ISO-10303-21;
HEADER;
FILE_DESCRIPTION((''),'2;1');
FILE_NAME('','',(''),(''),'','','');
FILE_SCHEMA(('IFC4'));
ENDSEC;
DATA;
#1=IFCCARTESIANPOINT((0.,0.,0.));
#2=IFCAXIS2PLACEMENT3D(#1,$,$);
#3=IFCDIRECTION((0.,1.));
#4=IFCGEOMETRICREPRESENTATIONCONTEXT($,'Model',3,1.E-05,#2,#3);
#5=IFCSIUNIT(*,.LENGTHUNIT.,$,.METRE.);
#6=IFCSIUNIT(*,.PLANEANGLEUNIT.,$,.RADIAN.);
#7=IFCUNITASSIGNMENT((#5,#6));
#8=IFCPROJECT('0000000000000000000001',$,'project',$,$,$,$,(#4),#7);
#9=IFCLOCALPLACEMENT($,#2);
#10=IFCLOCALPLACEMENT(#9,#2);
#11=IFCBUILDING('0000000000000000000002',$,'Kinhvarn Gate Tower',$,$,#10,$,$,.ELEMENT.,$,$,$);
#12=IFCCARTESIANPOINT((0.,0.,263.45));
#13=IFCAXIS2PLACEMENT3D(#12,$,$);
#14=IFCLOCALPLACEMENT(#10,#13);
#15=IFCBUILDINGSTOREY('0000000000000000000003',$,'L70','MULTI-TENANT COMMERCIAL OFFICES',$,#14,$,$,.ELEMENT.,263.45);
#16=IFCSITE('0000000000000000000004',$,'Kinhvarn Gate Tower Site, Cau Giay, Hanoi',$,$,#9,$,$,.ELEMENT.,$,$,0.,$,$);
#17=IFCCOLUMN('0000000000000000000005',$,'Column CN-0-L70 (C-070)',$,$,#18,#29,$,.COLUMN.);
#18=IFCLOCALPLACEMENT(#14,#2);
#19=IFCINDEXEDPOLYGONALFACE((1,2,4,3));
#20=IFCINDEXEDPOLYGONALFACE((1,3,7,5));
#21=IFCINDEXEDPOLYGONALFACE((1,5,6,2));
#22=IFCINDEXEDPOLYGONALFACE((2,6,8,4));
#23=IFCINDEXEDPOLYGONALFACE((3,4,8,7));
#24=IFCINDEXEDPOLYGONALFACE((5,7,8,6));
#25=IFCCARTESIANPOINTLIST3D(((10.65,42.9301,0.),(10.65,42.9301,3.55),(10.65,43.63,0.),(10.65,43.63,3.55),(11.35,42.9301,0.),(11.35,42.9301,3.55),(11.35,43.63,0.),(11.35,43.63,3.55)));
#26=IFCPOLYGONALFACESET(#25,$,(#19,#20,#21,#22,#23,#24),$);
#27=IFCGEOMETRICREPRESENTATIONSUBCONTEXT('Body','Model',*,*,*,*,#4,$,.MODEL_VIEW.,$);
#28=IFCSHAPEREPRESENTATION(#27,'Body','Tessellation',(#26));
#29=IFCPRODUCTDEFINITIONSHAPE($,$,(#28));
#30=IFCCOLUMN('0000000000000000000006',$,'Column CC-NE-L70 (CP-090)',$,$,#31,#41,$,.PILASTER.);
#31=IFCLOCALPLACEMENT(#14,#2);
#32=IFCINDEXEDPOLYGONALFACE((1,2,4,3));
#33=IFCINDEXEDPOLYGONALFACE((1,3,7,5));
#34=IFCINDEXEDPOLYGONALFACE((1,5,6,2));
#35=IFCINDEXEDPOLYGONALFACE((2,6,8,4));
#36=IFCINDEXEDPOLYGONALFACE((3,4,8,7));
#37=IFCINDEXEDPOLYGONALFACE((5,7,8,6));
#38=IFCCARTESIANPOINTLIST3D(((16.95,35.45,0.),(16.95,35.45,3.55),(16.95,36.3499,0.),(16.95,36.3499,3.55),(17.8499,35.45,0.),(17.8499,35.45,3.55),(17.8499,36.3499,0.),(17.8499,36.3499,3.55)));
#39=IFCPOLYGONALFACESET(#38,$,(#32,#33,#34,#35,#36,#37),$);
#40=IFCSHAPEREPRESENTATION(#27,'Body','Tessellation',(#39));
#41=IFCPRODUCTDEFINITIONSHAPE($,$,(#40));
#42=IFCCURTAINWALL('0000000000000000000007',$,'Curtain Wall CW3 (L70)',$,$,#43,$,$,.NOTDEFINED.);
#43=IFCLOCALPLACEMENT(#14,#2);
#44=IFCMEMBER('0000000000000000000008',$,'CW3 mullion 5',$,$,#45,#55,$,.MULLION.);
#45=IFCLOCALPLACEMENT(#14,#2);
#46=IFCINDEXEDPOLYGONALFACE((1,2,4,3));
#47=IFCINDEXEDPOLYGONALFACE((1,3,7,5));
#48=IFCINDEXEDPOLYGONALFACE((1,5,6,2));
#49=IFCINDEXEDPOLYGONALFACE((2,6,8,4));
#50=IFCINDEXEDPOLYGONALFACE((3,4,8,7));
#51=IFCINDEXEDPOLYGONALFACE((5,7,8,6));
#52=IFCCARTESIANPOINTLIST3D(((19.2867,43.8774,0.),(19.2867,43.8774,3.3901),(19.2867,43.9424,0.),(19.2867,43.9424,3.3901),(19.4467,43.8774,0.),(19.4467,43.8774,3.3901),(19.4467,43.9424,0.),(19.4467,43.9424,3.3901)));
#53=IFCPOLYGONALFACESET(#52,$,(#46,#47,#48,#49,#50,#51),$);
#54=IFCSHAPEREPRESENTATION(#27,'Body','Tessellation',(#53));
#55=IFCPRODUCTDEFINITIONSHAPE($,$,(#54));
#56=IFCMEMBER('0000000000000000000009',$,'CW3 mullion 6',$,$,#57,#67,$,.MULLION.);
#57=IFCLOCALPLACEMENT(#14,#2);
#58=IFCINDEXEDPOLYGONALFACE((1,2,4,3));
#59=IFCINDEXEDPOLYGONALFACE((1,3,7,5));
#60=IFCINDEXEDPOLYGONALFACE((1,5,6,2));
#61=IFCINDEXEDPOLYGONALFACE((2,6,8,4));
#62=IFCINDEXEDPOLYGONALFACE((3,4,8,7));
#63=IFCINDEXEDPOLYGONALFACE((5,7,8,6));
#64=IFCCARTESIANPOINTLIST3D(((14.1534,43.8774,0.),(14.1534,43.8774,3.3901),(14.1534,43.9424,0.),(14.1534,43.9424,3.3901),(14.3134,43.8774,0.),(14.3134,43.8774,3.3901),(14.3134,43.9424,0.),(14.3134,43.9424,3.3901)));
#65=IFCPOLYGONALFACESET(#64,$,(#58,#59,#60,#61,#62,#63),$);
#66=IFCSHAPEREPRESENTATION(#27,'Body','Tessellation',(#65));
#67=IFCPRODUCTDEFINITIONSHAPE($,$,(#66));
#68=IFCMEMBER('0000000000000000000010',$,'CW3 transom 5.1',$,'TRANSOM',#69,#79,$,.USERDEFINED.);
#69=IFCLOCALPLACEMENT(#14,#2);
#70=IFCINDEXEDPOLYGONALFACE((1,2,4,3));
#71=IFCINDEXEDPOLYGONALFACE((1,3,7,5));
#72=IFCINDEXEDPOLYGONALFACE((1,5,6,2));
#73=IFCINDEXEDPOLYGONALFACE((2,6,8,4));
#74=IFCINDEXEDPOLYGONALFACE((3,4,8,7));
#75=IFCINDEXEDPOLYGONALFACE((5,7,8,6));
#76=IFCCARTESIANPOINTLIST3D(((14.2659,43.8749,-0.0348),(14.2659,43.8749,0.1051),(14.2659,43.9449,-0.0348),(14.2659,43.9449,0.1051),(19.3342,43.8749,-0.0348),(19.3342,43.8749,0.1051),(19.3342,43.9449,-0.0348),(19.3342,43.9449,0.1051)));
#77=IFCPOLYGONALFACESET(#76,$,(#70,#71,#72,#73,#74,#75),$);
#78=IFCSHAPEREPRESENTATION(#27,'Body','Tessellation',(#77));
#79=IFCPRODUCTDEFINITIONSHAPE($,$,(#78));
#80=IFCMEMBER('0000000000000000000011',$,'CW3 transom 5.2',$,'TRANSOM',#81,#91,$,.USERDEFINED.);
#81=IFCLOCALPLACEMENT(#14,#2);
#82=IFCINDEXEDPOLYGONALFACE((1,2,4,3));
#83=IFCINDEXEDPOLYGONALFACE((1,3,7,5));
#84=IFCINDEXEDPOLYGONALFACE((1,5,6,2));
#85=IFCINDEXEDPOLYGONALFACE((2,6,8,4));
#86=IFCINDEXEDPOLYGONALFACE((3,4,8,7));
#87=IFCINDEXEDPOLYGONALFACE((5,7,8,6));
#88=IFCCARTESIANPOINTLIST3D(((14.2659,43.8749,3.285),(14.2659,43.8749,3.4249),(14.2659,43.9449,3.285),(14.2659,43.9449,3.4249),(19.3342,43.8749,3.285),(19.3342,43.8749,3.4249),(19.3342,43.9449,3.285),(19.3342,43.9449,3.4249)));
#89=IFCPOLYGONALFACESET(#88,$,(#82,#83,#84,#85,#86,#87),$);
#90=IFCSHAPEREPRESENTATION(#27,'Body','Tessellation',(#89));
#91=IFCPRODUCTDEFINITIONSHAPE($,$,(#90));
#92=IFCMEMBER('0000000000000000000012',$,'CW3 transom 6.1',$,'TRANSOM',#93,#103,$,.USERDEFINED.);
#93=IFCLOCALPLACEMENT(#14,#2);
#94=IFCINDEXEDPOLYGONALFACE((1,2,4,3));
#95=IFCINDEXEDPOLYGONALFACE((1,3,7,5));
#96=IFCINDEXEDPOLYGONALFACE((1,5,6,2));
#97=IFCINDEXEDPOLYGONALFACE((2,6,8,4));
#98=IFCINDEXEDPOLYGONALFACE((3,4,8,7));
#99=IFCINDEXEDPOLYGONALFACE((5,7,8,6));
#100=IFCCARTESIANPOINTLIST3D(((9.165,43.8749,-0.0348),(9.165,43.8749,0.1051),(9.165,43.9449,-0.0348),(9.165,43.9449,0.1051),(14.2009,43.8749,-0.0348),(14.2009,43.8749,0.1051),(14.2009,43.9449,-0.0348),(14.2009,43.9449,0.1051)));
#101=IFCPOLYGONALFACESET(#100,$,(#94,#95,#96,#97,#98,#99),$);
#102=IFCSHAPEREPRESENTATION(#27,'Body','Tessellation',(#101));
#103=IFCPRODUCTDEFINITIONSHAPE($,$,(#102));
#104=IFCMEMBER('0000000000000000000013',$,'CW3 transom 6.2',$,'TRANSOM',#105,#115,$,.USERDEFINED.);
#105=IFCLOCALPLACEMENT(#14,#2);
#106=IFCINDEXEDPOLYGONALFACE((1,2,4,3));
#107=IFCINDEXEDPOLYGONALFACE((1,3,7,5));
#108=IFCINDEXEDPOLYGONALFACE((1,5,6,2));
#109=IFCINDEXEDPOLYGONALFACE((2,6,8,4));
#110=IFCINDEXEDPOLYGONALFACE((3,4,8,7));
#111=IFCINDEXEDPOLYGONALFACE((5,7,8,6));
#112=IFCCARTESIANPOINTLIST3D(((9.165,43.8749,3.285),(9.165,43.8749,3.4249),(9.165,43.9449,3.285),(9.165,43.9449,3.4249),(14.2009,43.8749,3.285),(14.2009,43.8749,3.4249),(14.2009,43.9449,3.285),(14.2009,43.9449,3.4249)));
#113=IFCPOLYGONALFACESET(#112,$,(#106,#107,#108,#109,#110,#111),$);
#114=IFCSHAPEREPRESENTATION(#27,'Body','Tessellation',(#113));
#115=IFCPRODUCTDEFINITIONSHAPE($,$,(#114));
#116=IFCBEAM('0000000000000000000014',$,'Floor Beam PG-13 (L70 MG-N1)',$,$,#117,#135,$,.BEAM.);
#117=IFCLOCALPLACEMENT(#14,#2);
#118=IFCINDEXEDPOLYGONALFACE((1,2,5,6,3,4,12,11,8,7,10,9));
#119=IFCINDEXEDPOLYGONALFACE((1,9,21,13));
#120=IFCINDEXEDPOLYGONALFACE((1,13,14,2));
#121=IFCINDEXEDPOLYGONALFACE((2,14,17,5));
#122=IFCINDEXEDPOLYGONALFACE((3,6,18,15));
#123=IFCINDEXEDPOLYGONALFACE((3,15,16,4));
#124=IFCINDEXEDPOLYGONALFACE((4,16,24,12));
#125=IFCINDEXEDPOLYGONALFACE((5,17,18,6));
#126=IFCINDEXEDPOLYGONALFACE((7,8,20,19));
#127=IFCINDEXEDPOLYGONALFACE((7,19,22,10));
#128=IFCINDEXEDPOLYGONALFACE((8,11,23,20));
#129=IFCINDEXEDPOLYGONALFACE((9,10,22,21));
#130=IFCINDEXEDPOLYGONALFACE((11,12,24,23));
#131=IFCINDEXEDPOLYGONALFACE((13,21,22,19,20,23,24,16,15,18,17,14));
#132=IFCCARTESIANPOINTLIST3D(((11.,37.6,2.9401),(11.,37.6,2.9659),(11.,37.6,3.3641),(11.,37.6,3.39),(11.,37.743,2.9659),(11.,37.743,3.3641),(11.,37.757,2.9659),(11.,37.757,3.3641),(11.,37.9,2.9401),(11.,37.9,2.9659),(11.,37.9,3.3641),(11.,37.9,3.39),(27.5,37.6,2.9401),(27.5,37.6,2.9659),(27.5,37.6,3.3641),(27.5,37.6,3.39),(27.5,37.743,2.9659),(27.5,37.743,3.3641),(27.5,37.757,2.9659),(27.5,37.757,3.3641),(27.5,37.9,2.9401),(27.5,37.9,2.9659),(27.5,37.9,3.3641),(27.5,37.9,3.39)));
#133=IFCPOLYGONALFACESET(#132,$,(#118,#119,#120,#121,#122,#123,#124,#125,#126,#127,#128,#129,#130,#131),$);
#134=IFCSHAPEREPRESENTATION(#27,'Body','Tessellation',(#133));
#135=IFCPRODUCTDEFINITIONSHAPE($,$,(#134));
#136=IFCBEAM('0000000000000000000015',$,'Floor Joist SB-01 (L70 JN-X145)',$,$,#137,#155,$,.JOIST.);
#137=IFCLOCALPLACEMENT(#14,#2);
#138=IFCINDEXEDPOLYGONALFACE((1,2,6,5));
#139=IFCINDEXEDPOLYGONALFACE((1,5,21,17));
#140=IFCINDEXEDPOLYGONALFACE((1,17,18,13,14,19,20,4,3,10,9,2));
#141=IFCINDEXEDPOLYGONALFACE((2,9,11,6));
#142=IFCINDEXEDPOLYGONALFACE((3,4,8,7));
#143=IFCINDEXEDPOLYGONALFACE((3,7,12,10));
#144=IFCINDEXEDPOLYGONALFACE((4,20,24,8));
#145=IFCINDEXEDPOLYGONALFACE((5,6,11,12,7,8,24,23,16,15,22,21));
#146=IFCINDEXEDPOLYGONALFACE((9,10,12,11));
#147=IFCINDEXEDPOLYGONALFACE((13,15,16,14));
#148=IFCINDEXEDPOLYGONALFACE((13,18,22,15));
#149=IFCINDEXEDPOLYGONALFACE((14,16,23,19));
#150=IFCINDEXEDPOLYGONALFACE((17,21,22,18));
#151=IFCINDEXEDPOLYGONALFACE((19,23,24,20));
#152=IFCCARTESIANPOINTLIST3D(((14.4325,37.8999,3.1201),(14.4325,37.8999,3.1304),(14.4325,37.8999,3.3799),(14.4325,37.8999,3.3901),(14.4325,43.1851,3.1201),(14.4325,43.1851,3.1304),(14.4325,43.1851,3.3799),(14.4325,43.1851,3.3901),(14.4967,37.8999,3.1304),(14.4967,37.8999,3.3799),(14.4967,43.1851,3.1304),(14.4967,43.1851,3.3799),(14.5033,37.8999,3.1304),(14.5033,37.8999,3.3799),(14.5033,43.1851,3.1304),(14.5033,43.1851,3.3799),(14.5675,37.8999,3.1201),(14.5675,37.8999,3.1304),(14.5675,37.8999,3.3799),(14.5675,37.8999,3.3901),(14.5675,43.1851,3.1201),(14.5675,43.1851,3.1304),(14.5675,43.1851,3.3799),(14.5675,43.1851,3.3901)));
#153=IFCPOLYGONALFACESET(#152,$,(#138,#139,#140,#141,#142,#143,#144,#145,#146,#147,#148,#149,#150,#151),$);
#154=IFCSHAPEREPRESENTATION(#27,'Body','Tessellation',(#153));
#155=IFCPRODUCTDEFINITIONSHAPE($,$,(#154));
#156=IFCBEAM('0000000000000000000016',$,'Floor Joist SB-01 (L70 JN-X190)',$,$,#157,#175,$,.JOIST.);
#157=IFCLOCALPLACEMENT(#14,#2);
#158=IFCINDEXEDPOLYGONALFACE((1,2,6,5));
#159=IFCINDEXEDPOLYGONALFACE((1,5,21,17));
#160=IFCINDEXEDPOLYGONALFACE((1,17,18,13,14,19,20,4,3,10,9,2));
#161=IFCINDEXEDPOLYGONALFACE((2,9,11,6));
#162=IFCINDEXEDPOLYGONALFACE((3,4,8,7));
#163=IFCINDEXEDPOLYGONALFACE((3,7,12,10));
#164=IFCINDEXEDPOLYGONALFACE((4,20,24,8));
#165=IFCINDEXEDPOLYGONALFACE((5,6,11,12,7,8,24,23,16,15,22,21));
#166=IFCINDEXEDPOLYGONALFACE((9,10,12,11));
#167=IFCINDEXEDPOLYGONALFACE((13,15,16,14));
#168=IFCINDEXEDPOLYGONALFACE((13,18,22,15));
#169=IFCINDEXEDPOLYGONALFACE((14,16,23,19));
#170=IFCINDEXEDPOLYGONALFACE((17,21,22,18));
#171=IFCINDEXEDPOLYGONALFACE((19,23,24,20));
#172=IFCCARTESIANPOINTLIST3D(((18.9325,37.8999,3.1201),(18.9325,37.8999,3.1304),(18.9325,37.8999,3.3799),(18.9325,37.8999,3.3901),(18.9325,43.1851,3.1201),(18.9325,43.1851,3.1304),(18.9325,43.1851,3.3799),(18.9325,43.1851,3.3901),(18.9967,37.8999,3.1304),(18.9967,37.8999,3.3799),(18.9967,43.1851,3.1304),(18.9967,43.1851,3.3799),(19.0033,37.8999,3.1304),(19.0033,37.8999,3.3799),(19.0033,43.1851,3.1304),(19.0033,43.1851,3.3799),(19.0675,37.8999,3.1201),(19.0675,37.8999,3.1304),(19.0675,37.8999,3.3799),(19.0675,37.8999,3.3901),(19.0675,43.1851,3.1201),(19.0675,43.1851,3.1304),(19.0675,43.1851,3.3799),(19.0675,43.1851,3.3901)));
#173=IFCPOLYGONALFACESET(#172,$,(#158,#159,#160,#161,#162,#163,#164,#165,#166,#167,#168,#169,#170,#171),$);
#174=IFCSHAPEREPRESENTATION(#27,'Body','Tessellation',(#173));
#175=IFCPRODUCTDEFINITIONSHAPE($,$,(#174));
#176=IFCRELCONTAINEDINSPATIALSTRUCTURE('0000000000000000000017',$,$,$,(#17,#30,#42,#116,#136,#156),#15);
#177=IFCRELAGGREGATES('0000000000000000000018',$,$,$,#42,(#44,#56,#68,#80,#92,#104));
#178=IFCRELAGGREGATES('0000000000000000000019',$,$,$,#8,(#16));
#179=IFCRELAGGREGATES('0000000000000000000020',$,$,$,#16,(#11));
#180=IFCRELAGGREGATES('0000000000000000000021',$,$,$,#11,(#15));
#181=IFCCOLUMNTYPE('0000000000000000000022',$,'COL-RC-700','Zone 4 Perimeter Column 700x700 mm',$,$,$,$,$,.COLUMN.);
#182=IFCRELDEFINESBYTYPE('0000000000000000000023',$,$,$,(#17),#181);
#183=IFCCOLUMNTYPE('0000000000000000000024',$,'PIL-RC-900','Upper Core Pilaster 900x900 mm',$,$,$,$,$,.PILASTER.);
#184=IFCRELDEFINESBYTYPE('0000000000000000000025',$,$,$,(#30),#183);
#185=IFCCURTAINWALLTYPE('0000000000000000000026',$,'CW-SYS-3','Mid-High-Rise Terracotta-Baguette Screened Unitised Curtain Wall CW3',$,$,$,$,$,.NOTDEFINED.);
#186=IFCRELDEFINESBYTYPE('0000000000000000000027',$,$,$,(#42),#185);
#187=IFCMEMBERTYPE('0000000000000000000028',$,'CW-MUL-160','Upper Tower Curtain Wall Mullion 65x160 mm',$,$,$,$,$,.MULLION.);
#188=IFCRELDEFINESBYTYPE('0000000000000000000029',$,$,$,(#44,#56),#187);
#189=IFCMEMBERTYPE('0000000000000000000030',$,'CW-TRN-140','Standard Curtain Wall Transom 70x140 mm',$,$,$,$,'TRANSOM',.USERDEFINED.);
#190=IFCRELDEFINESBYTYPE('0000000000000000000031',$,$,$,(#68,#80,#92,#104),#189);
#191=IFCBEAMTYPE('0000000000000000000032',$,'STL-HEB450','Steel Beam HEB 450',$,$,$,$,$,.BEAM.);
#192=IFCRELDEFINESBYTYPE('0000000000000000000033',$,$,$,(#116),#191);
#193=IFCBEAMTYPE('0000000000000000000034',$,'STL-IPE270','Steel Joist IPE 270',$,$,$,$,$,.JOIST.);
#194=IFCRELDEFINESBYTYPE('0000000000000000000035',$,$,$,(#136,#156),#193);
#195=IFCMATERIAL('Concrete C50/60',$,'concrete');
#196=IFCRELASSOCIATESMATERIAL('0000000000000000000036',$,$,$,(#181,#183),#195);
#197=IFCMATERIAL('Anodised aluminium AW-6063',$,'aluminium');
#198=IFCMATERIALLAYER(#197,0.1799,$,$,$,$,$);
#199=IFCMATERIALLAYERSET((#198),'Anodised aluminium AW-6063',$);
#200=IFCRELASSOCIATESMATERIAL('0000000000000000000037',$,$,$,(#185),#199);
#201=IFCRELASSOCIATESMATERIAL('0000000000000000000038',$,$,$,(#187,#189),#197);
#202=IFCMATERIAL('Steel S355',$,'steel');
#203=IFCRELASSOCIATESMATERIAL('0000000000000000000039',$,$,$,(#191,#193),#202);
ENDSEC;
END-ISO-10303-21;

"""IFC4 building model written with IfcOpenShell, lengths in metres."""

from ifc_helpers import new_model, si_unit, direction, frame, origin, origin_2d, place, context, subcontext, project, spatial, rectangle, i_section, extrude, material, layer, layer_set, material_profile, profile_set, type_object, element, aggregate, save


model = new_model("IFC4")

# Units and contexts
model_context = context("Model", 3, precision=1e-05, world=origin(), true_north=direction((0.0, 1.0)))
body_context = subcontext(model_context, "Body", "Model", "MODEL_VIEW")
ifc_project = project(units=[si_unit("LENGTHUNIT", "METRE"), si_unit("PLANEANGLEUNIT", "RADIAN")], contexts=[model_context])

# Site, building, storey
site_placement = place(None, origin())
site = spatial("IfcSite", under=ifc_project, at=site_placement, Name="Kinhvarn Gate Tower Site, Cau Giay, Hanoi", CompositionType="ELEMENT", RefElevation=0.0)
building_placement = place(site_placement, origin())
building = spatial("IfcBuilding", under=site, at=building_placement, Name="Kinhvarn Gate Tower", CompositionType="ELEMENT")
storey_placement = place(building_placement, frame((0.0, 0.0, 263.45)))
storey = spatial("IfcBuildingStorey", under=building, at=storey_placement, Name="L70", Description="MULTI-TENANT COMMERCIAL OFFICES", CompositionType="ELEMENT", Elevation=263.45)

# Columns
ifc_material_1 = material(Name="Concrete C50/60", Category="concrete")
ifc_material_profile_1 = material_profile(ifc_material_1, rectangle(XDim=0.7, YDim=0.7, at=origin_2d()), Name="RC 700x700")
ifc_profile_set_1 = profile_set([ifc_material_profile_1], Name="Concrete C50/60")
column_type_1 = type_object("IfcColumnType", Name="COL-RC-700", Description="Zone 4 Perimeter Column 700x700 mm", PredefinedType="COLUMN", material=ifc_profile_set_1)
column_1_placement = place(storey_placement, frame((11.0, 43.28, 0.0), z_axis=(0.0, 0.0, 1.0), x_axis=(1.0, 0.0, 0.0)))
element("IfcColumn", 1, at=column_1_placement, inside=storey, type_object=column_type_1, Name="Column CN-0-L70 (C-070)", PredefinedType="COLUMN", context=body_context, shape_type="SweptSolid", body=[
    extrude(rectangle(XDim=0.7, YDim=0.7, at=origin_2d()), origin(), (0.0, 0.0, 1.0), 3.55),
])
ifc_material_profile_2 = material_profile(ifc_material_1, rectangle(XDim=0.8999, YDim=0.8999, at=origin_2d()), Name="RC 900x900")
ifc_profile_set_2 = profile_set([ifc_material_profile_2], Name="Concrete C50/60")
column_type_2 = type_object("IfcColumnType", Name="PIL-RC-900", Description="Upper Core Pilaster 900x900 mm", PredefinedType="PILASTER", material=ifc_profile_set_2)
column_2_placement = place(storey_placement, frame((17.3999, 35.8999, 0.0), z_axis=(0.0, 0.0, 1.0), x_axis=(1.0, 0.0, 0.0)))
element("IfcColumn", 2, at=column_2_placement, inside=storey, type_object=column_type_2, Name="Column CC-NE-L70 (CP-090)", PredefinedType="PILASTER", context=body_context, shape_type="SweptSolid", body=[
    extrude(rectangle(XDim=0.8999, YDim=0.8999, at=origin_2d()), origin(), (0.0, 0.0, 1.0), 3.55),
])

# Curtain wall, members
ifc_material_2 = material(Name="Anodised aluminium AW-6063", Category="aluminium")
ifc_layer_1 = layer(ifc_material_2, 0.1799)
ifc_layer_set_1 = layer_set([ifc_layer_1], Name="Anodised aluminium AW-6063")
curtain_wall_type = type_object("IfcCurtainWallType", Name="CW-SYS-3", Description="Mid-High-Rise Terracotta-Baguette Screened Unitised Curtain Wall CW3", PredefinedType="NOTDEFINED", material=ifc_layer_set_1)
curtain_wall_placement = place(storey_placement, origin())
curtain_wall = element("IfcCurtainWall", 3, at=curtain_wall_placement, inside=storey, type_object=curtain_wall_type, Name="Curtain Wall CW3 (L70)", PredefinedType="NOTDEFINED")
ifc_material_profile_3 = material_profile(ifc_material_2, rectangle(XDim=0.0649, YDim=0.1599, at=origin_2d()), Name="ALU 65x160")
ifc_profile_set_3 = profile_set([ifc_material_profile_3], Name="Anodised aluminium AW-6063")
member_type_1 = type_object("IfcMemberType", Name="CW-MUL-160", Description="Upper Tower Curtain Wall Mullion 65x160 mm", PredefinedType="MULLION", material=ifc_profile_set_3)
member_1_placement = place(storey_placement, frame((19.3667, 43.9099, 0.0), z_axis=(0.0, 0.0, 1.0), x_axis=(0.0, -1.0, 0.0)))
member_1 = element("IfcMember", 4, at=member_1_placement, type_object=member_type_1, Name="CW3 mullion 5", PredefinedType="MULLION", context=body_context, shape_type="SweptSolid", body=[
    extrude(rectangle(XDim=0.0649, YDim=0.1599, at=origin_2d()), origin(), (0.0, 0.0, 1.0), 3.3901),
])
member_2_placement = place(storey_placement, frame((14.2334, 43.9099, 0.0), z_axis=(0.0, 0.0, 1.0), x_axis=(0.0, -1.0, 0.0)))
member_2 = element("IfcMember", 5, at=member_2_placement, type_object=member_type_1, Name="CW3 mullion 6", PredefinedType="MULLION", context=body_context, shape_type="SweptSolid", body=[
    extrude(rectangle(XDim=0.0649, YDim=0.1599, at=origin_2d()), origin(), (0.0, 0.0, 1.0), 3.3901),
])
ifc_material_profile_4 = material_profile(ifc_material_2, rectangle(XDim=0.0701, YDim=0.1399, at=origin_2d()), Name="ALU 70x140")
ifc_profile_set_4 = profile_set([ifc_material_profile_4], Name="Anodised aluminium AW-6063")
member_type_2 = type_object("IfcMemberType", Name="CW-TRN-140", Description="Standard Curtain Wall Transom 70x140 mm", ElementType="TRANSOM", PredefinedType="USERDEFINED", material=ifc_profile_set_4)
member_3_placement = place(storey_placement, frame((19.3342, 43.9099, 0.0352), z_axis=(-1.0, 0.0, 0.0), x_axis=(0.0, -1.0, 0.0)))
member_3 = element("IfcMember", 6, at=member_3_placement, type_object=member_type_2, Name="CW3 transom 5.1", ObjectType="TRANSOM", PredefinedType="USERDEFINED", context=body_context, shape_type="SweptSolid", body=[
    extrude(rectangle(XDim=0.0701, YDim=0.1399, at=origin_2d()), origin(), (0.0, 0.0, 1.0), 5.0684),
])
member_4_placement = place(storey_placement, frame((19.3342, 43.9099, 3.355), z_axis=(-1.0, 0.0, 0.0), x_axis=(0.0, -1.0, 0.0)))
member_4 = element("IfcMember", 7, at=member_4_placement, type_object=member_type_2, Name="CW3 transom 5.2", ObjectType="TRANSOM", PredefinedType="USERDEFINED", context=body_context, shape_type="SweptSolid", body=[
    extrude(rectangle(XDim=0.0701, YDim=0.1399, at=origin_2d()), origin(), (0.0, 0.0, 1.0), 5.0684),
])
member_5_placement = place(storey_placement, frame((14.2009, 43.9099, 0.0352), z_axis=(-1.0, 0.0, 0.0), x_axis=(0.0, -1.0, 0.0)))
member_5 = element("IfcMember", 8, at=member_5_placement, type_object=member_type_2, Name="CW3 transom 6.1", ObjectType="TRANSOM", PredefinedType="USERDEFINED", context=body_context, shape_type="SweptSolid", body=[
    extrude(rectangle(XDim=0.0701, YDim=0.1399, at=origin_2d()), origin(), (0.0, 0.0, 1.0), 5.0359),
])
member_6_placement = place(storey_placement, frame((14.2009, 43.9099, 3.355), z_axis=(-1.0, 0.0, 0.0), x_axis=(0.0, -1.0, 0.0)))
member_6 = element("IfcMember", 9, at=member_6_placement, type_object=member_type_2, Name="CW3 transom 6.2", ObjectType="TRANSOM", PredefinedType="USERDEFINED", context=body_context, shape_type="SweptSolid", body=[
    extrude(rectangle(XDim=0.0701, YDim=0.1399, at=origin_2d()), origin(), (0.0, 0.0, 1.0), 5.0359),
])

# Beams
ifc_material_3 = material(Name="Steel S355", Category="steel")
ifc_material_profile_5 = material_profile(ifc_material_3, i_section(OverallWidth=0.3, OverallDepth=0.45, WebThickness=0.0139, FlangeThickness=0.0259, at=origin_2d()), Name="HEB 450")
ifc_profile_set_5 = profile_set([ifc_material_profile_5], Name="Steel S355")
beam_type_1 = type_object("IfcBeamType", Name="STL-HEB450", Description="Steel Beam HEB 450", PredefinedType="BEAM", material=ifc_profile_set_5)
beam_1_placement = place(storey_placement, frame((11.0, 37.75, 3.165), z_axis=(1.0, 0.0, 0.0), x_axis=(0.0, 1.0, 0.0)))
element("IfcBeam", 10, at=beam_1_placement, inside=storey, type_object=beam_type_1, Name="Floor Beam PG-13 (L70 MG-N1)", PredefinedType="BEAM", context=body_context, shape_type="SweptSolid", body=[
    extrude(i_section(OverallWidth=0.3, OverallDepth=0.45, WebThickness=0.0139, FlangeThickness=0.0259, at=origin_2d()), origin(), (0.0, 0.0, 1.0), 16.5),
])
ifc_material_profile_6 = material_profile(ifc_material_3, i_section(OverallWidth=0.135, OverallDepth=0.27, WebThickness=0.0066, FlangeThickness=0.0103, at=origin_2d()), Name="IPE 270")
ifc_profile_set_6 = profile_set([ifc_material_profile_6], Name="Steel S355")
beam_type_2 = type_object("IfcBeamType", Name="STL-IPE270", Description="Steel Joist IPE 270", PredefinedType="JOIST", material=ifc_profile_set_6)
for number, where, z_axis, x_axis, name in (
    (11, (14.5, 37.8999, 3.2551), (0.0, 1.0, 0.0), (-1.0, 0.0, 0.0), "Floor Joist SB-01 (L70 JN-X145)"),
    (12, (19.0, 37.8999, 3.2551), (0.0, 1.0, 0.0), (-1.0, 0.0, 0.0), "Floor Joist SB-01 (L70 JN-X190)"),
):
    element("IfcBeam", number, at=place(storey_placement, frame(where, z_axis=z_axis, x_axis=x_axis)), inside=storey, type_object=beam_type_2, Name=name, PredefinedType="JOIST", context=body_context, shape_type="SweptSolid", body=[
        extrude(i_section(OverallWidth=0.135, OverallDepth=0.27, WebThickness=0.0066, FlangeThickness=0.0103, at=origin_2d()), origin(), (0.0, 0.0, 1.0), 5.2852),
    ])

aggregate(curtain_wall, [member_1, member_2, member_3, member_4, member_5, member_6])

save(model, "model.ifc")
